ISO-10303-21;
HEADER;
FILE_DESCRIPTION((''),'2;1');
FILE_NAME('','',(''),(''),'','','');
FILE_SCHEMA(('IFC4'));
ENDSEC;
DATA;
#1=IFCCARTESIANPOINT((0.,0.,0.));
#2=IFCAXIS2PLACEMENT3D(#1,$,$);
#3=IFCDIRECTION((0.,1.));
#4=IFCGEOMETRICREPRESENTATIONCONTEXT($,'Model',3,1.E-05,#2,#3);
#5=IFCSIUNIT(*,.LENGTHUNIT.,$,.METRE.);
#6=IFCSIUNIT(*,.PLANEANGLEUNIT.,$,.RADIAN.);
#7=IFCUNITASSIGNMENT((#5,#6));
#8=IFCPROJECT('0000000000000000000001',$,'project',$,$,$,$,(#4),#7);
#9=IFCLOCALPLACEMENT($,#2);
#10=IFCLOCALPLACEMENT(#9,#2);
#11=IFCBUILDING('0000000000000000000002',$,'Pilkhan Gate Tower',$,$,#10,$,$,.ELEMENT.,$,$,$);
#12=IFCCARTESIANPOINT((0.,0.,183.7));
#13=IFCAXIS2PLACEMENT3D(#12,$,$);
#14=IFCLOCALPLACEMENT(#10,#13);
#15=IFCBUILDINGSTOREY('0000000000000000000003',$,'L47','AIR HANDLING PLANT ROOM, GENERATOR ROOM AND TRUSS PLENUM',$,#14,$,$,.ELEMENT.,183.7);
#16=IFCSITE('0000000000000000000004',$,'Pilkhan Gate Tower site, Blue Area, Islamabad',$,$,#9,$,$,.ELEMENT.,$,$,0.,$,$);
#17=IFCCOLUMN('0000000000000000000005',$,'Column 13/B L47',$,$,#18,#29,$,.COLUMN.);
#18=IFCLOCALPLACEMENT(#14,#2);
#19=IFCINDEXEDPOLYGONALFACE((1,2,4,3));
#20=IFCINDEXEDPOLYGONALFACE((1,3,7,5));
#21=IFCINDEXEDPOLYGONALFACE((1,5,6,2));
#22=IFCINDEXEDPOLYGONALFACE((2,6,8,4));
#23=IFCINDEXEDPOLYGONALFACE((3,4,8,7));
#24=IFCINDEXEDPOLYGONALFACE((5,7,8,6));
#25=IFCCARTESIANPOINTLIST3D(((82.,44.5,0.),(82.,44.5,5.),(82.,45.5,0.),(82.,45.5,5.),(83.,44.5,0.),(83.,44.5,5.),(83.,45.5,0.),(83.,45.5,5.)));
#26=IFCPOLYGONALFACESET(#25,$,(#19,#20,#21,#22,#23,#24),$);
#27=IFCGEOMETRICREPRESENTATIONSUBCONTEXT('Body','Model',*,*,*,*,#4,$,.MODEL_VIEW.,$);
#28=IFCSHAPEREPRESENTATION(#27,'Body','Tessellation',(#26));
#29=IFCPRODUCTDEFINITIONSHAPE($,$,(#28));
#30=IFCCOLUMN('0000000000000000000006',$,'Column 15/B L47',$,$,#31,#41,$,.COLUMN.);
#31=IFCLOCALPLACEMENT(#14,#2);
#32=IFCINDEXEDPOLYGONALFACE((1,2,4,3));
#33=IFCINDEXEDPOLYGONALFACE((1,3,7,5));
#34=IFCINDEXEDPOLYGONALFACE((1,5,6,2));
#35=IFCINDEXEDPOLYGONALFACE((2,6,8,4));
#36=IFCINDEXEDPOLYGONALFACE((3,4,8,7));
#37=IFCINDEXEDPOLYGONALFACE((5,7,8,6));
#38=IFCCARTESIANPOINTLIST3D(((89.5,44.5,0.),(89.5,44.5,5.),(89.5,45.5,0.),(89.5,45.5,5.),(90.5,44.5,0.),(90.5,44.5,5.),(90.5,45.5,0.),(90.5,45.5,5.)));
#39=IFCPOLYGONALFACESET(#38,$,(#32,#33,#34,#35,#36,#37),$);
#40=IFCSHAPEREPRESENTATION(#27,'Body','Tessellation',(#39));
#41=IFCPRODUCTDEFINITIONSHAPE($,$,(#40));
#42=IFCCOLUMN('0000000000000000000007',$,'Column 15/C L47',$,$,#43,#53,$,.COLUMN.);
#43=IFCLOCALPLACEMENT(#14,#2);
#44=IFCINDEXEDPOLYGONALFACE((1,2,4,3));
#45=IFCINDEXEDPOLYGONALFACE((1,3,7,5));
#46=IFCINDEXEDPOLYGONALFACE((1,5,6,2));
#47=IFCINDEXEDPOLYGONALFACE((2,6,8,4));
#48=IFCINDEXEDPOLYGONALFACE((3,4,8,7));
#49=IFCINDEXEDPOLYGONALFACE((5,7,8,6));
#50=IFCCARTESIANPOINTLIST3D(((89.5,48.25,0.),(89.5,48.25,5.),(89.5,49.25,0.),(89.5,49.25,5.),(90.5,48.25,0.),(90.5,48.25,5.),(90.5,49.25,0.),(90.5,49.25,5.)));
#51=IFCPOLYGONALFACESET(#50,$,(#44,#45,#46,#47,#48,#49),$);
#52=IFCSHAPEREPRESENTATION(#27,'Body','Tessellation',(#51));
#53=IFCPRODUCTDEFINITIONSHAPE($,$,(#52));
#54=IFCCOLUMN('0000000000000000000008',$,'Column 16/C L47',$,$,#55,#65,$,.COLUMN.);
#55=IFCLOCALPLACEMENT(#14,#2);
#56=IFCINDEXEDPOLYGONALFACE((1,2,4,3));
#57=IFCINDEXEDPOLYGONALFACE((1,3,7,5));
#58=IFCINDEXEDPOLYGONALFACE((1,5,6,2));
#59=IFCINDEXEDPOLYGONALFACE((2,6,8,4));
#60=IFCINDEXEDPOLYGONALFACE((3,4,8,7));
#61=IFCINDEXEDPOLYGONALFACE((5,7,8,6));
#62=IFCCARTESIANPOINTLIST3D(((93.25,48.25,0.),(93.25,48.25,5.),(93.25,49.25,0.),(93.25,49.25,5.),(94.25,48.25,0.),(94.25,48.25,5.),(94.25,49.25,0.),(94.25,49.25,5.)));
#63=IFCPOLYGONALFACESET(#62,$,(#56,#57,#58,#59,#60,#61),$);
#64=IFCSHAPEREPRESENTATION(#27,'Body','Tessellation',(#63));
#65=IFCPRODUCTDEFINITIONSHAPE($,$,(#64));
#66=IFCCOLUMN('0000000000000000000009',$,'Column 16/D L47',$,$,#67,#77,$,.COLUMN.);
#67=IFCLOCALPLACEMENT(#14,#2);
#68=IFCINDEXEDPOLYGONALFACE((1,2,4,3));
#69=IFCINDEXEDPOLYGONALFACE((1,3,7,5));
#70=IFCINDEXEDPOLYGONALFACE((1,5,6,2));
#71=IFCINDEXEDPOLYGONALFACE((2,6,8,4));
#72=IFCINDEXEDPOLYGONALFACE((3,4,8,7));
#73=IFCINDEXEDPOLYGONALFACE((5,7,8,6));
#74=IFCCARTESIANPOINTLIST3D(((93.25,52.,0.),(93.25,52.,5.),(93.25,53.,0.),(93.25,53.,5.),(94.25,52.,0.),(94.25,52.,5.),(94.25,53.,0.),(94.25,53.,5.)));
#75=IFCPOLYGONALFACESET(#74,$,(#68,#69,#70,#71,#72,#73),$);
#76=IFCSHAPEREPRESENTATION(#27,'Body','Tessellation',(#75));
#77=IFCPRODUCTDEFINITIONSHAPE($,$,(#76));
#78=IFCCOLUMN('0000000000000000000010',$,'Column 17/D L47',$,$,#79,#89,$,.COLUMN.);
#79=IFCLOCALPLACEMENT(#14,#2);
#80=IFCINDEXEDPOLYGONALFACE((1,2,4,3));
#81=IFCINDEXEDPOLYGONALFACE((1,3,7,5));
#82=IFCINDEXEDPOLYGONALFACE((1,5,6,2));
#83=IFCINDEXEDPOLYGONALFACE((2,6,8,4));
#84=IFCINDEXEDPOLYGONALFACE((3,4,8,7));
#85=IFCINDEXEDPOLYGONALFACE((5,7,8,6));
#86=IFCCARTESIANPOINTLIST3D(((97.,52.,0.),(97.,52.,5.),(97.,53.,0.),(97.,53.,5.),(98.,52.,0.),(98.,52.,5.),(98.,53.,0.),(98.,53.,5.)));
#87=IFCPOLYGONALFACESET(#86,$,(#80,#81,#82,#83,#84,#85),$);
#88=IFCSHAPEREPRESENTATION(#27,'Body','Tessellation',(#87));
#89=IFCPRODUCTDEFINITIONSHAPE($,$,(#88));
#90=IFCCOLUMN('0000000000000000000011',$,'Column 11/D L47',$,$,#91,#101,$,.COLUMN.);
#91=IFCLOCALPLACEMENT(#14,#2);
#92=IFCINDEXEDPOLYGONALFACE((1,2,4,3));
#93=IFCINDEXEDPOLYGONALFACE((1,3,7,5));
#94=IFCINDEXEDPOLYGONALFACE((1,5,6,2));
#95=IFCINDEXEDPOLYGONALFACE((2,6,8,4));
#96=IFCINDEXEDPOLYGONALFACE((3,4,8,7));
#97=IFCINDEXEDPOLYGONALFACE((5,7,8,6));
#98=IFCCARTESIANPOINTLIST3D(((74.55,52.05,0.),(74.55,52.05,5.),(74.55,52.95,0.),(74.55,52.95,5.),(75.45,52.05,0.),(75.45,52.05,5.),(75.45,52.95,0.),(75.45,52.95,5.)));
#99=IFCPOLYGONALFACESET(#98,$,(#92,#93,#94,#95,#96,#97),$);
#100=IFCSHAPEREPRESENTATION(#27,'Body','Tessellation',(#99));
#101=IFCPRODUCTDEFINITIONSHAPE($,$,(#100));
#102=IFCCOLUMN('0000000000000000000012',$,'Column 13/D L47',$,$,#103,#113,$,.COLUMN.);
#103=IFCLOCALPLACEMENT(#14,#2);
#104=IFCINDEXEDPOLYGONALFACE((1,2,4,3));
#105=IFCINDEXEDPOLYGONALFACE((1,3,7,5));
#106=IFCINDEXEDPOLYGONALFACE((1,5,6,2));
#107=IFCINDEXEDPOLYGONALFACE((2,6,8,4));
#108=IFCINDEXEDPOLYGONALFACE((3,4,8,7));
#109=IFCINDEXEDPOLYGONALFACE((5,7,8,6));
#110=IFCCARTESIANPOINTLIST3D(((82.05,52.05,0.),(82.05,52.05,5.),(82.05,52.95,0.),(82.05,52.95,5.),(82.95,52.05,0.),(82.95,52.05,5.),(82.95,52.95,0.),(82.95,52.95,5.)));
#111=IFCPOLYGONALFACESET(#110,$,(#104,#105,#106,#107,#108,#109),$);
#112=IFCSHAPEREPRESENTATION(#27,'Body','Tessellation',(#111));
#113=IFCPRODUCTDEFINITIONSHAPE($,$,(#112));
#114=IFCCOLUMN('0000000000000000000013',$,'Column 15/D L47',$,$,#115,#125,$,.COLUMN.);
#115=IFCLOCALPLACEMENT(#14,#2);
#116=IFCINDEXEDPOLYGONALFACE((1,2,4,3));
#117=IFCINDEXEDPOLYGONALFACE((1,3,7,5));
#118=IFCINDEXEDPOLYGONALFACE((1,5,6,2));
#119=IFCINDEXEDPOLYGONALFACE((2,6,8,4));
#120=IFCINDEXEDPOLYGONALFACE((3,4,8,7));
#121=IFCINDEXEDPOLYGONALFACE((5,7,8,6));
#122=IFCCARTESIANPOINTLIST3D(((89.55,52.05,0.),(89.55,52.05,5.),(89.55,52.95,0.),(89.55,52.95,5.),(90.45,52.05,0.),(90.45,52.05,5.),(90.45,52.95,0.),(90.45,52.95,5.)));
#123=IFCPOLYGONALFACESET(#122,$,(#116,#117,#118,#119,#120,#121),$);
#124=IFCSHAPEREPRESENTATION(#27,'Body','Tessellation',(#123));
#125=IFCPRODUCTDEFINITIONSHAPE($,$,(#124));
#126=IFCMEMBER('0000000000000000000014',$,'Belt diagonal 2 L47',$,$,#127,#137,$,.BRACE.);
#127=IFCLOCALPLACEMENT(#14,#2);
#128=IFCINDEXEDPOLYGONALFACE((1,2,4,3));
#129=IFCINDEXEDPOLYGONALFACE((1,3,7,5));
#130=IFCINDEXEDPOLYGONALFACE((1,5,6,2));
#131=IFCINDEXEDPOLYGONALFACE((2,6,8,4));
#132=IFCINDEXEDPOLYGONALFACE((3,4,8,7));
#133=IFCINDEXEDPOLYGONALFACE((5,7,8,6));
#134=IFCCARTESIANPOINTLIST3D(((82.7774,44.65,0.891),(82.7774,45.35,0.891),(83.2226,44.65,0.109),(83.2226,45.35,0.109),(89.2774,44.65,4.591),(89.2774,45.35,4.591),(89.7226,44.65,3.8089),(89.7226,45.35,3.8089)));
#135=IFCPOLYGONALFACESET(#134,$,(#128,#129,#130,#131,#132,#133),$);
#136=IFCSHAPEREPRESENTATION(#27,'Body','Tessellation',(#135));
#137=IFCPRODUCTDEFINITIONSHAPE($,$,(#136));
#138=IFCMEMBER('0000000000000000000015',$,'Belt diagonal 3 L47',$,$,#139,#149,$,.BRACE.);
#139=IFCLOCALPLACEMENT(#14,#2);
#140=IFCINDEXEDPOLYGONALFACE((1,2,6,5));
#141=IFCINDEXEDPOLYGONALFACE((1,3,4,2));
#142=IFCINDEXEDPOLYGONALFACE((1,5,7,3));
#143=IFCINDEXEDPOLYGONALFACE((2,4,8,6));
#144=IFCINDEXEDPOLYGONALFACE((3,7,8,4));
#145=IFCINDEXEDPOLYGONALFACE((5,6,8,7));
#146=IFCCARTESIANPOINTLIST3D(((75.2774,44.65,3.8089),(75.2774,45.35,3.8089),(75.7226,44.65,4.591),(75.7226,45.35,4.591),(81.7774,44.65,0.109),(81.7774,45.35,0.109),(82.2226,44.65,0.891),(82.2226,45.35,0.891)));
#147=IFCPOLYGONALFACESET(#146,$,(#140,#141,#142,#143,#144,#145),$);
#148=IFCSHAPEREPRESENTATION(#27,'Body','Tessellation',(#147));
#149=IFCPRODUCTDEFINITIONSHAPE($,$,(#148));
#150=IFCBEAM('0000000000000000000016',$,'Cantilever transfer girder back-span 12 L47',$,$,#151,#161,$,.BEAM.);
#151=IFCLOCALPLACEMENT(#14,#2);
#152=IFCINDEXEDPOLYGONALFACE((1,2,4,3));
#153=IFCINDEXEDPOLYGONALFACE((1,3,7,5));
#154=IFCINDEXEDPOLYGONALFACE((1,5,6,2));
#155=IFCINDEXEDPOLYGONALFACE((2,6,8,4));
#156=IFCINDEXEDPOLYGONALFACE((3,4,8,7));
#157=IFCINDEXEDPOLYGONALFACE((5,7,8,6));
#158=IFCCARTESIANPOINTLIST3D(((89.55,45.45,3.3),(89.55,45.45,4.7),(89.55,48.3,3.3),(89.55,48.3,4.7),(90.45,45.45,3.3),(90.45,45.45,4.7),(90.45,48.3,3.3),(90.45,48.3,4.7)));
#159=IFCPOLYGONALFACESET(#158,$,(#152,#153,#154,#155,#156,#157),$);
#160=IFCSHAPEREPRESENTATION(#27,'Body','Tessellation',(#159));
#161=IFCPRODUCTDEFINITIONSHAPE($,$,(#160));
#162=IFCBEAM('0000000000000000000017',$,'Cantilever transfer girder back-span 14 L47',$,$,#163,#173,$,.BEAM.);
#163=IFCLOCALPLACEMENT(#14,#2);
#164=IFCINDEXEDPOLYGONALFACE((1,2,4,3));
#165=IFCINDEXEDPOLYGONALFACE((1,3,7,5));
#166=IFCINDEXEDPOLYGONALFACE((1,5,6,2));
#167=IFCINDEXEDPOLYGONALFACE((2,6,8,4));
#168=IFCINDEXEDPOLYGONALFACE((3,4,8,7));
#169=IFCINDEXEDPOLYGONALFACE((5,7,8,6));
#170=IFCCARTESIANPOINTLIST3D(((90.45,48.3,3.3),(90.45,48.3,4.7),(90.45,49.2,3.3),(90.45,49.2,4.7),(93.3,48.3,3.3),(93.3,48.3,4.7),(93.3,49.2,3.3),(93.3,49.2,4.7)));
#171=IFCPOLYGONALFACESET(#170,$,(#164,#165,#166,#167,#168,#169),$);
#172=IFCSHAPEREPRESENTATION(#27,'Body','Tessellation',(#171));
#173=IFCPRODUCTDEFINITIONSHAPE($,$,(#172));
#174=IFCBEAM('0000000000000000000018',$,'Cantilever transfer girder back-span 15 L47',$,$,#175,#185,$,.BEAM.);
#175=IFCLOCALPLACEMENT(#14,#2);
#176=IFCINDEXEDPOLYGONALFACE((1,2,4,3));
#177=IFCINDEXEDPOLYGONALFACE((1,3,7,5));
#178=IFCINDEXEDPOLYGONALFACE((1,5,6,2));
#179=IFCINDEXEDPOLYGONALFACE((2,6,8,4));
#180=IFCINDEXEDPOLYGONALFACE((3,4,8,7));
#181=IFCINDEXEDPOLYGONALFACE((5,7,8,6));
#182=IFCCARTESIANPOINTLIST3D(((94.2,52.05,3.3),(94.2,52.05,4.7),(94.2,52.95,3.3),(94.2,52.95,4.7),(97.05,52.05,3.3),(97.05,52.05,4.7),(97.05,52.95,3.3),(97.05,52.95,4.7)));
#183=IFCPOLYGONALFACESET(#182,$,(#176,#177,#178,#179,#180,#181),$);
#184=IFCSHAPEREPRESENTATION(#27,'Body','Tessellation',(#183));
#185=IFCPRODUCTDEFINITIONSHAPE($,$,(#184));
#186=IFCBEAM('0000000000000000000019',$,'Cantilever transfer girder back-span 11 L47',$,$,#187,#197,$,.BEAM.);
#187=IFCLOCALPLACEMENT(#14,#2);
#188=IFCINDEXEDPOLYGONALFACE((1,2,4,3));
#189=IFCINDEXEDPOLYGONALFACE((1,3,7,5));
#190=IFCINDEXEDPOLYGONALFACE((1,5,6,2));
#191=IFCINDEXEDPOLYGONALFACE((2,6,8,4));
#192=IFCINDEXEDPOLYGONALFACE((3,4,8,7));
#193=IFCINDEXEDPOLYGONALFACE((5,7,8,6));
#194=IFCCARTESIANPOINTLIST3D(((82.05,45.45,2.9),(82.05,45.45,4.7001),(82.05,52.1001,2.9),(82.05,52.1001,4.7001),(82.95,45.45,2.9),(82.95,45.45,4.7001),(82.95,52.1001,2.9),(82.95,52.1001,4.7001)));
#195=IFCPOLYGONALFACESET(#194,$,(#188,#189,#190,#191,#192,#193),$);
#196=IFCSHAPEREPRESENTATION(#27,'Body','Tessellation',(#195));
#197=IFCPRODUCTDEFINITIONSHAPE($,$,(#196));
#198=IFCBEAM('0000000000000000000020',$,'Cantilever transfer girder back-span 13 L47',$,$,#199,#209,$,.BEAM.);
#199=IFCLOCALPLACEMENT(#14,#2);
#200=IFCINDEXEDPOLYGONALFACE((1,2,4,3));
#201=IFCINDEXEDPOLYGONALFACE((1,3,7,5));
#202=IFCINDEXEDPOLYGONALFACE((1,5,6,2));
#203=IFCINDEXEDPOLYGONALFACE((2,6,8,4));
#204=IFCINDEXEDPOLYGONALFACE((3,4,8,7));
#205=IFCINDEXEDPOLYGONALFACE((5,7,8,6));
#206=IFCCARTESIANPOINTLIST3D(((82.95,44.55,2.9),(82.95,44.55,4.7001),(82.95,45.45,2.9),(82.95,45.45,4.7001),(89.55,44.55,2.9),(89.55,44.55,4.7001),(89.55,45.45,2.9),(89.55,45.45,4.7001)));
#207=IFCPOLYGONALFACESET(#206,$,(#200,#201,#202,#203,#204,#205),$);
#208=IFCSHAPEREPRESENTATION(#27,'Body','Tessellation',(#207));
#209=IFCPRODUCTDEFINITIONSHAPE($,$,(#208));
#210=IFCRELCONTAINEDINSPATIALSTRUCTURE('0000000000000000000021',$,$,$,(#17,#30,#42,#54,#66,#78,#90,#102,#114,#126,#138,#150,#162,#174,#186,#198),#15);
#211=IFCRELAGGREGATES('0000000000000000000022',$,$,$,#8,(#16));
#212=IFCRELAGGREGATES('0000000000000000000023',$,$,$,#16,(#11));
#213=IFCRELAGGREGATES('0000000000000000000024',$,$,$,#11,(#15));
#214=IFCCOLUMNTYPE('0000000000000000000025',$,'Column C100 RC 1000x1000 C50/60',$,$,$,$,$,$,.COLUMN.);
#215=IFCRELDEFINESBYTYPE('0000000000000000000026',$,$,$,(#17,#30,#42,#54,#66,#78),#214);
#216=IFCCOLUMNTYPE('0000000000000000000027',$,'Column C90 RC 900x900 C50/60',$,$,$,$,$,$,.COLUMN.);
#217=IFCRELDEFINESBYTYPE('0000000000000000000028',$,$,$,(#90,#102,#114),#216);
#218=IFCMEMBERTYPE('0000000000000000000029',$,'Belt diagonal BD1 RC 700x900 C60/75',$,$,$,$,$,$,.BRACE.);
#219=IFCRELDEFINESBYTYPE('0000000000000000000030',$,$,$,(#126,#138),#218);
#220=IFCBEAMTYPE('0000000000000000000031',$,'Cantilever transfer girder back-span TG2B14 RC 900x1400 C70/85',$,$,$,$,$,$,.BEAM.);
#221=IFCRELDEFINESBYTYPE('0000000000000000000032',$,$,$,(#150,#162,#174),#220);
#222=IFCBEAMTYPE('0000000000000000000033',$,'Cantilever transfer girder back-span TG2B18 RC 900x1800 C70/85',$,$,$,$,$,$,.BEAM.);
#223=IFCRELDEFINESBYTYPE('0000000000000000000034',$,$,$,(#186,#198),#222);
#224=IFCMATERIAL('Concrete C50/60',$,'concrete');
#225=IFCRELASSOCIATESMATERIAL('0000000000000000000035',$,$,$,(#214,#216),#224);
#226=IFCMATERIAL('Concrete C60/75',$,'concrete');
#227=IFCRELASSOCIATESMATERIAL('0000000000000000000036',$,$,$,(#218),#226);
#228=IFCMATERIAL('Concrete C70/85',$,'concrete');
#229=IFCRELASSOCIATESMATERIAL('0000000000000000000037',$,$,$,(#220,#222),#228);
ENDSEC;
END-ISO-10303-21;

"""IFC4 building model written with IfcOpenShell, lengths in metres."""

from ifc_helpers import new_model, si_unit, direction, frame, origin, origin_2d, place, context, subcontext, project, spatial, rectangle, extrude, material, material_profile, profile_set, type_object, element, save


model = new_model("IFC4")

# Units and contexts
model_context = context("Model", 3, precision=1e-05, world=origin(), true_north=direction((0.0, 1.0)))
body_context = subcontext(model_context, "Body", "Model", "MODEL_VIEW")
ifc_project = project(units=[si_unit("LENGTHUNIT", "METRE"), si_unit("PLANEANGLEUNIT", "RADIAN")], contexts=[model_context])

# Site, building, storey
site_placement = place(None, origin())
site = spatial("IfcSite", under=ifc_project, at=site_placement, Name="Pilkhan Gate Tower site, Blue Area, Islamabad", CompositionType="ELEMENT", RefElevation=0.0)
building_placement = place(site_placement, origin())
building = spatial("IfcBuilding", under=site, at=building_placement, Name="Pilkhan Gate Tower", CompositionType="ELEMENT")
storey_placement = place(building_placement, frame((0.0, 0.0, 183.7)))
storey = spatial("IfcBuildingStorey", under=building, at=storey_placement, Name="L47", Description="AIR HANDLING PLANT ROOM, GENERATOR ROOM AND TRUSS PLENUM", CompositionType="ELEMENT", Elevation=183.7)

# Columns
ifc_material_1 = material(Name="Concrete C50/60", Category="concrete")
ifc_material_profile_1 = material_profile(ifc_material_1, rectangle(XDim=1.0, YDim=1.0, at=origin_2d()), Name="RC 1000x1000")
ifc_profile_set_1 = profile_set([ifc_material_profile_1], Name="Concrete C50/60")
column_type_1 = type_object("IfcColumnType", Name="Column C100 RC 1000x1000 C50/60", PredefinedType="COLUMN", material=ifc_profile_set_1)
for number, where, z_axis, x_axis, name in (
    (1, (82.5, 45.0, 0.0), (0.0, 0.0, 1.0), (1.0, 0.0, 0.0), "Column 13/B L47"),
    (2, (90.0, 45.0, 0.0), (0.0, 0.0, 1.0), (1.0, 0.0, 0.0), "Column 15/B L47"),
    (3, (90.0, 48.75, 0.0), (0.0, 0.0, 1.0), (1.0, 0.0, 0.0), "Column 15/C L47"),
    (4, (93.75, 48.75, 0.0), (0.0, 0.0, 1.0), (1.0, 0.0, 0.0), "Column 16/C L47"),
    (5, (93.75, 52.5, 0.0), (0.0, 0.0, 1.0), (1.0, 0.0, 0.0), "Column 16/D L47"),
    (6, (97.5, 52.5, 0.0), (0.0, 0.0, 1.0), (1.0, 0.0, 0.0), "Column 17/D L47"),
):
    element("IfcColumn", number, at=place(storey_placement, frame(where, z_axis=z_axis, x_axis=x_axis)), inside=storey, type_object=column_type_1, Name=name, PredefinedType="COLUMN", context=body_context, shape_type="SweptSolid", body=[
        extrude(rectangle(XDim=1.0, YDim=1.0, at=origin_2d()), origin(), (0.0, 0.0, 1.0), 5.0),
    ])
ifc_material_profile_2 = material_profile(ifc_material_1, rectangle(XDim=0.8999, YDim=0.8999, at=origin_2d()), Name="RC 900x900")
ifc_profile_set_2 = profile_set([ifc_material_profile_2], Name="Concrete C50/60")
column_type_2 = type_object("IfcColumnType", Name="Column C90 RC 900x900 C50/60", PredefinedType="COLUMN", material=ifc_profile_set_2)
for number, where, z_axis, x_axis, name in (
    (7, (75.0, 52.5, 0.0), (0.0, 0.0, 1.0), (1.0, 0.0, 0.0), "Column 11/D L47"),
    (8, (82.5, 52.5, 0.0), (0.0, 0.0, 1.0), (1.0, 0.0, 0.0), "Column 13/D L47"),
    (9, (90.0, 52.5, 0.0), (0.0, 0.0, 1.0), (1.0, 0.0, 0.0), "Column 15/D L47"),
):
    element("IfcColumn", number, at=place(storey_placement, frame(where, z_axis=z_axis, x_axis=x_axis)), inside=storey, type_object=column_type_2, Name=name, PredefinedType="COLUMN", context=body_context, shape_type="SweptSolid", body=[
        extrude(rectangle(XDim=0.8999, YDim=0.8999, at=origin_2d()), origin(), (0.0, 0.0, 1.0), 5.0),
    ])

# Members
ifc_material_2 = material(Name="Concrete C60/75", Category="concrete")
ifc_material_profile_3 = material_profile(ifc_material_2, rectangle(XDim=0.7, YDim=0.8999, at=origin_2d()), Name="RC 700x900")
ifc_profile_set_3 = profile_set([ifc_material_profile_3], Name="Concrete C60/75")
member_type = type_object("IfcMemberType", Name="Belt diagonal BD1 RC 700x900 C60/75", PredefinedType="BRACE", material=ifc_profile_set_3)
for number, where, z_axis, x_axis, name in (
    (10, (83.0, 45.0, 0.5), (0.869068, 0.0, 0.494693), (0.0, 1.0, 0.0), "Belt diagonal 2 L47"),
    (11, (82.0, 45.0, 0.5), (-0.869068, 0.0, 0.494693), (0.0, -1.0, 0.0), "Belt diagonal 3 L47"),
):
    element("IfcMember", number, at=place(storey_placement, frame(where, z_axis=z_axis, x_axis=x_axis)), inside=storey, type_object=member_type, Name=name, PredefinedType="BRACE", context=body_context, shape_type="SweptSolid", body=[
        extrude(rectangle(XDim=0.7, YDim=0.8999, at=origin_2d()), origin(), (0.0, 0.0, 1.0), 7.4792),
    ])

# Beams
ifc_material_3 = material(Name="Concrete C70/85", Category="concrete")
ifc_material_profile_4 = material_profile(ifc_material_3, rectangle(XDim=0.8999, YDim=1.3999, at=origin_2d()), Name="RC 900x1400")
ifc_profile_set_4 = profile_set([ifc_material_profile_4], Name="Concrete C70/85")
beam_type_1 = type_object("IfcBeamType", Name="Cantilever transfer girder back-span TG2B14 RC 900x1400 C70/85", PredefinedType="BEAM", material=ifc_profile_set_4)
for number, where, z_axis, x_axis, name in (
    (12, (90.0, 45.45, 4.0), (0.0, 1.0, 0.0), (-1.0, 0.0, 0.0), "Cantilever transfer girder back-span 12 L47"),
    (13, (93.3, 48.75, 4.0), (-1.0, 0.0, 0.0), (0.0, -1.0, 0.0), "Cantilever transfer girder back-span 14 L47"),
    (14, (97.05, 52.5, 4.0), (-1.0, 0.0, 0.0), (0.0, -1.0, 0.0), "Cantilever transfer girder back-span 15 L47"),
):
    element("IfcBeam", number, at=place(storey_placement, frame(where, z_axis=z_axis, x_axis=x_axis)), inside=storey, type_object=beam_type_1, Name=name, PredefinedType="BEAM", context=body_context, shape_type="SweptSolid", body=[
        extrude(rectangle(XDim=0.8999, YDim=1.3999, at=origin_2d()), origin(), (0.0, 0.0, 1.0), 2.8501),
    ])
ifc_material_profile_5 = material_profile(ifc_material_3, rectangle(XDim=0.8999, YDim=1.8, at=origin_2d()), Name="RC 900x1800")
ifc_profile_set_5 = profile_set([ifc_material_profile_5], Name="Concrete C70/85")
beam_type_2 = type_object("IfcBeamType", Name="Cantilever transfer girder back-span TG2B18 RC 900x1800 C70/85", PredefinedType="BEAM", material=ifc_profile_set_5)
beam_1_placement = place(storey_placement, frame((82.5, 45.45, 3.8), z_axis=(0.0, 1.0, 0.0), x_axis=(-1.0, 0.0, 0.0)))
element("IfcBeam", 15, at=beam_1_placement, inside=storey, type_object=beam_type_2, Name="Cantilever transfer girder back-span 11 L47", PredefinedType="BEAM", context=body_context, shape_type="SweptSolid", body=[
    extrude(rectangle(XDim=0.8999, YDim=1.8, at=origin_2d()), origin(), (0.0, 0.0, 1.0), 6.6501),
])
beam_2_placement = place(storey_placement, frame((89.55, 45.0, 3.8), z_axis=(-1.0, 0.0, 0.0), x_axis=(0.0, -1.0, 0.0)))
element("IfcBeam", 16, at=beam_2_placement, inside=storey, type_object=beam_type_2, Name="Cantilever transfer girder back-span 13 L47", PredefinedType="BEAM", context=body_context, shape_type="SweptSolid", body=[
    extrude(rectangle(XDim=0.8999, YDim=1.8, at=origin_2d()), origin(), (0.0, 0.0, 1.0), 6.6001),
])

save(model, "model.ifc")
